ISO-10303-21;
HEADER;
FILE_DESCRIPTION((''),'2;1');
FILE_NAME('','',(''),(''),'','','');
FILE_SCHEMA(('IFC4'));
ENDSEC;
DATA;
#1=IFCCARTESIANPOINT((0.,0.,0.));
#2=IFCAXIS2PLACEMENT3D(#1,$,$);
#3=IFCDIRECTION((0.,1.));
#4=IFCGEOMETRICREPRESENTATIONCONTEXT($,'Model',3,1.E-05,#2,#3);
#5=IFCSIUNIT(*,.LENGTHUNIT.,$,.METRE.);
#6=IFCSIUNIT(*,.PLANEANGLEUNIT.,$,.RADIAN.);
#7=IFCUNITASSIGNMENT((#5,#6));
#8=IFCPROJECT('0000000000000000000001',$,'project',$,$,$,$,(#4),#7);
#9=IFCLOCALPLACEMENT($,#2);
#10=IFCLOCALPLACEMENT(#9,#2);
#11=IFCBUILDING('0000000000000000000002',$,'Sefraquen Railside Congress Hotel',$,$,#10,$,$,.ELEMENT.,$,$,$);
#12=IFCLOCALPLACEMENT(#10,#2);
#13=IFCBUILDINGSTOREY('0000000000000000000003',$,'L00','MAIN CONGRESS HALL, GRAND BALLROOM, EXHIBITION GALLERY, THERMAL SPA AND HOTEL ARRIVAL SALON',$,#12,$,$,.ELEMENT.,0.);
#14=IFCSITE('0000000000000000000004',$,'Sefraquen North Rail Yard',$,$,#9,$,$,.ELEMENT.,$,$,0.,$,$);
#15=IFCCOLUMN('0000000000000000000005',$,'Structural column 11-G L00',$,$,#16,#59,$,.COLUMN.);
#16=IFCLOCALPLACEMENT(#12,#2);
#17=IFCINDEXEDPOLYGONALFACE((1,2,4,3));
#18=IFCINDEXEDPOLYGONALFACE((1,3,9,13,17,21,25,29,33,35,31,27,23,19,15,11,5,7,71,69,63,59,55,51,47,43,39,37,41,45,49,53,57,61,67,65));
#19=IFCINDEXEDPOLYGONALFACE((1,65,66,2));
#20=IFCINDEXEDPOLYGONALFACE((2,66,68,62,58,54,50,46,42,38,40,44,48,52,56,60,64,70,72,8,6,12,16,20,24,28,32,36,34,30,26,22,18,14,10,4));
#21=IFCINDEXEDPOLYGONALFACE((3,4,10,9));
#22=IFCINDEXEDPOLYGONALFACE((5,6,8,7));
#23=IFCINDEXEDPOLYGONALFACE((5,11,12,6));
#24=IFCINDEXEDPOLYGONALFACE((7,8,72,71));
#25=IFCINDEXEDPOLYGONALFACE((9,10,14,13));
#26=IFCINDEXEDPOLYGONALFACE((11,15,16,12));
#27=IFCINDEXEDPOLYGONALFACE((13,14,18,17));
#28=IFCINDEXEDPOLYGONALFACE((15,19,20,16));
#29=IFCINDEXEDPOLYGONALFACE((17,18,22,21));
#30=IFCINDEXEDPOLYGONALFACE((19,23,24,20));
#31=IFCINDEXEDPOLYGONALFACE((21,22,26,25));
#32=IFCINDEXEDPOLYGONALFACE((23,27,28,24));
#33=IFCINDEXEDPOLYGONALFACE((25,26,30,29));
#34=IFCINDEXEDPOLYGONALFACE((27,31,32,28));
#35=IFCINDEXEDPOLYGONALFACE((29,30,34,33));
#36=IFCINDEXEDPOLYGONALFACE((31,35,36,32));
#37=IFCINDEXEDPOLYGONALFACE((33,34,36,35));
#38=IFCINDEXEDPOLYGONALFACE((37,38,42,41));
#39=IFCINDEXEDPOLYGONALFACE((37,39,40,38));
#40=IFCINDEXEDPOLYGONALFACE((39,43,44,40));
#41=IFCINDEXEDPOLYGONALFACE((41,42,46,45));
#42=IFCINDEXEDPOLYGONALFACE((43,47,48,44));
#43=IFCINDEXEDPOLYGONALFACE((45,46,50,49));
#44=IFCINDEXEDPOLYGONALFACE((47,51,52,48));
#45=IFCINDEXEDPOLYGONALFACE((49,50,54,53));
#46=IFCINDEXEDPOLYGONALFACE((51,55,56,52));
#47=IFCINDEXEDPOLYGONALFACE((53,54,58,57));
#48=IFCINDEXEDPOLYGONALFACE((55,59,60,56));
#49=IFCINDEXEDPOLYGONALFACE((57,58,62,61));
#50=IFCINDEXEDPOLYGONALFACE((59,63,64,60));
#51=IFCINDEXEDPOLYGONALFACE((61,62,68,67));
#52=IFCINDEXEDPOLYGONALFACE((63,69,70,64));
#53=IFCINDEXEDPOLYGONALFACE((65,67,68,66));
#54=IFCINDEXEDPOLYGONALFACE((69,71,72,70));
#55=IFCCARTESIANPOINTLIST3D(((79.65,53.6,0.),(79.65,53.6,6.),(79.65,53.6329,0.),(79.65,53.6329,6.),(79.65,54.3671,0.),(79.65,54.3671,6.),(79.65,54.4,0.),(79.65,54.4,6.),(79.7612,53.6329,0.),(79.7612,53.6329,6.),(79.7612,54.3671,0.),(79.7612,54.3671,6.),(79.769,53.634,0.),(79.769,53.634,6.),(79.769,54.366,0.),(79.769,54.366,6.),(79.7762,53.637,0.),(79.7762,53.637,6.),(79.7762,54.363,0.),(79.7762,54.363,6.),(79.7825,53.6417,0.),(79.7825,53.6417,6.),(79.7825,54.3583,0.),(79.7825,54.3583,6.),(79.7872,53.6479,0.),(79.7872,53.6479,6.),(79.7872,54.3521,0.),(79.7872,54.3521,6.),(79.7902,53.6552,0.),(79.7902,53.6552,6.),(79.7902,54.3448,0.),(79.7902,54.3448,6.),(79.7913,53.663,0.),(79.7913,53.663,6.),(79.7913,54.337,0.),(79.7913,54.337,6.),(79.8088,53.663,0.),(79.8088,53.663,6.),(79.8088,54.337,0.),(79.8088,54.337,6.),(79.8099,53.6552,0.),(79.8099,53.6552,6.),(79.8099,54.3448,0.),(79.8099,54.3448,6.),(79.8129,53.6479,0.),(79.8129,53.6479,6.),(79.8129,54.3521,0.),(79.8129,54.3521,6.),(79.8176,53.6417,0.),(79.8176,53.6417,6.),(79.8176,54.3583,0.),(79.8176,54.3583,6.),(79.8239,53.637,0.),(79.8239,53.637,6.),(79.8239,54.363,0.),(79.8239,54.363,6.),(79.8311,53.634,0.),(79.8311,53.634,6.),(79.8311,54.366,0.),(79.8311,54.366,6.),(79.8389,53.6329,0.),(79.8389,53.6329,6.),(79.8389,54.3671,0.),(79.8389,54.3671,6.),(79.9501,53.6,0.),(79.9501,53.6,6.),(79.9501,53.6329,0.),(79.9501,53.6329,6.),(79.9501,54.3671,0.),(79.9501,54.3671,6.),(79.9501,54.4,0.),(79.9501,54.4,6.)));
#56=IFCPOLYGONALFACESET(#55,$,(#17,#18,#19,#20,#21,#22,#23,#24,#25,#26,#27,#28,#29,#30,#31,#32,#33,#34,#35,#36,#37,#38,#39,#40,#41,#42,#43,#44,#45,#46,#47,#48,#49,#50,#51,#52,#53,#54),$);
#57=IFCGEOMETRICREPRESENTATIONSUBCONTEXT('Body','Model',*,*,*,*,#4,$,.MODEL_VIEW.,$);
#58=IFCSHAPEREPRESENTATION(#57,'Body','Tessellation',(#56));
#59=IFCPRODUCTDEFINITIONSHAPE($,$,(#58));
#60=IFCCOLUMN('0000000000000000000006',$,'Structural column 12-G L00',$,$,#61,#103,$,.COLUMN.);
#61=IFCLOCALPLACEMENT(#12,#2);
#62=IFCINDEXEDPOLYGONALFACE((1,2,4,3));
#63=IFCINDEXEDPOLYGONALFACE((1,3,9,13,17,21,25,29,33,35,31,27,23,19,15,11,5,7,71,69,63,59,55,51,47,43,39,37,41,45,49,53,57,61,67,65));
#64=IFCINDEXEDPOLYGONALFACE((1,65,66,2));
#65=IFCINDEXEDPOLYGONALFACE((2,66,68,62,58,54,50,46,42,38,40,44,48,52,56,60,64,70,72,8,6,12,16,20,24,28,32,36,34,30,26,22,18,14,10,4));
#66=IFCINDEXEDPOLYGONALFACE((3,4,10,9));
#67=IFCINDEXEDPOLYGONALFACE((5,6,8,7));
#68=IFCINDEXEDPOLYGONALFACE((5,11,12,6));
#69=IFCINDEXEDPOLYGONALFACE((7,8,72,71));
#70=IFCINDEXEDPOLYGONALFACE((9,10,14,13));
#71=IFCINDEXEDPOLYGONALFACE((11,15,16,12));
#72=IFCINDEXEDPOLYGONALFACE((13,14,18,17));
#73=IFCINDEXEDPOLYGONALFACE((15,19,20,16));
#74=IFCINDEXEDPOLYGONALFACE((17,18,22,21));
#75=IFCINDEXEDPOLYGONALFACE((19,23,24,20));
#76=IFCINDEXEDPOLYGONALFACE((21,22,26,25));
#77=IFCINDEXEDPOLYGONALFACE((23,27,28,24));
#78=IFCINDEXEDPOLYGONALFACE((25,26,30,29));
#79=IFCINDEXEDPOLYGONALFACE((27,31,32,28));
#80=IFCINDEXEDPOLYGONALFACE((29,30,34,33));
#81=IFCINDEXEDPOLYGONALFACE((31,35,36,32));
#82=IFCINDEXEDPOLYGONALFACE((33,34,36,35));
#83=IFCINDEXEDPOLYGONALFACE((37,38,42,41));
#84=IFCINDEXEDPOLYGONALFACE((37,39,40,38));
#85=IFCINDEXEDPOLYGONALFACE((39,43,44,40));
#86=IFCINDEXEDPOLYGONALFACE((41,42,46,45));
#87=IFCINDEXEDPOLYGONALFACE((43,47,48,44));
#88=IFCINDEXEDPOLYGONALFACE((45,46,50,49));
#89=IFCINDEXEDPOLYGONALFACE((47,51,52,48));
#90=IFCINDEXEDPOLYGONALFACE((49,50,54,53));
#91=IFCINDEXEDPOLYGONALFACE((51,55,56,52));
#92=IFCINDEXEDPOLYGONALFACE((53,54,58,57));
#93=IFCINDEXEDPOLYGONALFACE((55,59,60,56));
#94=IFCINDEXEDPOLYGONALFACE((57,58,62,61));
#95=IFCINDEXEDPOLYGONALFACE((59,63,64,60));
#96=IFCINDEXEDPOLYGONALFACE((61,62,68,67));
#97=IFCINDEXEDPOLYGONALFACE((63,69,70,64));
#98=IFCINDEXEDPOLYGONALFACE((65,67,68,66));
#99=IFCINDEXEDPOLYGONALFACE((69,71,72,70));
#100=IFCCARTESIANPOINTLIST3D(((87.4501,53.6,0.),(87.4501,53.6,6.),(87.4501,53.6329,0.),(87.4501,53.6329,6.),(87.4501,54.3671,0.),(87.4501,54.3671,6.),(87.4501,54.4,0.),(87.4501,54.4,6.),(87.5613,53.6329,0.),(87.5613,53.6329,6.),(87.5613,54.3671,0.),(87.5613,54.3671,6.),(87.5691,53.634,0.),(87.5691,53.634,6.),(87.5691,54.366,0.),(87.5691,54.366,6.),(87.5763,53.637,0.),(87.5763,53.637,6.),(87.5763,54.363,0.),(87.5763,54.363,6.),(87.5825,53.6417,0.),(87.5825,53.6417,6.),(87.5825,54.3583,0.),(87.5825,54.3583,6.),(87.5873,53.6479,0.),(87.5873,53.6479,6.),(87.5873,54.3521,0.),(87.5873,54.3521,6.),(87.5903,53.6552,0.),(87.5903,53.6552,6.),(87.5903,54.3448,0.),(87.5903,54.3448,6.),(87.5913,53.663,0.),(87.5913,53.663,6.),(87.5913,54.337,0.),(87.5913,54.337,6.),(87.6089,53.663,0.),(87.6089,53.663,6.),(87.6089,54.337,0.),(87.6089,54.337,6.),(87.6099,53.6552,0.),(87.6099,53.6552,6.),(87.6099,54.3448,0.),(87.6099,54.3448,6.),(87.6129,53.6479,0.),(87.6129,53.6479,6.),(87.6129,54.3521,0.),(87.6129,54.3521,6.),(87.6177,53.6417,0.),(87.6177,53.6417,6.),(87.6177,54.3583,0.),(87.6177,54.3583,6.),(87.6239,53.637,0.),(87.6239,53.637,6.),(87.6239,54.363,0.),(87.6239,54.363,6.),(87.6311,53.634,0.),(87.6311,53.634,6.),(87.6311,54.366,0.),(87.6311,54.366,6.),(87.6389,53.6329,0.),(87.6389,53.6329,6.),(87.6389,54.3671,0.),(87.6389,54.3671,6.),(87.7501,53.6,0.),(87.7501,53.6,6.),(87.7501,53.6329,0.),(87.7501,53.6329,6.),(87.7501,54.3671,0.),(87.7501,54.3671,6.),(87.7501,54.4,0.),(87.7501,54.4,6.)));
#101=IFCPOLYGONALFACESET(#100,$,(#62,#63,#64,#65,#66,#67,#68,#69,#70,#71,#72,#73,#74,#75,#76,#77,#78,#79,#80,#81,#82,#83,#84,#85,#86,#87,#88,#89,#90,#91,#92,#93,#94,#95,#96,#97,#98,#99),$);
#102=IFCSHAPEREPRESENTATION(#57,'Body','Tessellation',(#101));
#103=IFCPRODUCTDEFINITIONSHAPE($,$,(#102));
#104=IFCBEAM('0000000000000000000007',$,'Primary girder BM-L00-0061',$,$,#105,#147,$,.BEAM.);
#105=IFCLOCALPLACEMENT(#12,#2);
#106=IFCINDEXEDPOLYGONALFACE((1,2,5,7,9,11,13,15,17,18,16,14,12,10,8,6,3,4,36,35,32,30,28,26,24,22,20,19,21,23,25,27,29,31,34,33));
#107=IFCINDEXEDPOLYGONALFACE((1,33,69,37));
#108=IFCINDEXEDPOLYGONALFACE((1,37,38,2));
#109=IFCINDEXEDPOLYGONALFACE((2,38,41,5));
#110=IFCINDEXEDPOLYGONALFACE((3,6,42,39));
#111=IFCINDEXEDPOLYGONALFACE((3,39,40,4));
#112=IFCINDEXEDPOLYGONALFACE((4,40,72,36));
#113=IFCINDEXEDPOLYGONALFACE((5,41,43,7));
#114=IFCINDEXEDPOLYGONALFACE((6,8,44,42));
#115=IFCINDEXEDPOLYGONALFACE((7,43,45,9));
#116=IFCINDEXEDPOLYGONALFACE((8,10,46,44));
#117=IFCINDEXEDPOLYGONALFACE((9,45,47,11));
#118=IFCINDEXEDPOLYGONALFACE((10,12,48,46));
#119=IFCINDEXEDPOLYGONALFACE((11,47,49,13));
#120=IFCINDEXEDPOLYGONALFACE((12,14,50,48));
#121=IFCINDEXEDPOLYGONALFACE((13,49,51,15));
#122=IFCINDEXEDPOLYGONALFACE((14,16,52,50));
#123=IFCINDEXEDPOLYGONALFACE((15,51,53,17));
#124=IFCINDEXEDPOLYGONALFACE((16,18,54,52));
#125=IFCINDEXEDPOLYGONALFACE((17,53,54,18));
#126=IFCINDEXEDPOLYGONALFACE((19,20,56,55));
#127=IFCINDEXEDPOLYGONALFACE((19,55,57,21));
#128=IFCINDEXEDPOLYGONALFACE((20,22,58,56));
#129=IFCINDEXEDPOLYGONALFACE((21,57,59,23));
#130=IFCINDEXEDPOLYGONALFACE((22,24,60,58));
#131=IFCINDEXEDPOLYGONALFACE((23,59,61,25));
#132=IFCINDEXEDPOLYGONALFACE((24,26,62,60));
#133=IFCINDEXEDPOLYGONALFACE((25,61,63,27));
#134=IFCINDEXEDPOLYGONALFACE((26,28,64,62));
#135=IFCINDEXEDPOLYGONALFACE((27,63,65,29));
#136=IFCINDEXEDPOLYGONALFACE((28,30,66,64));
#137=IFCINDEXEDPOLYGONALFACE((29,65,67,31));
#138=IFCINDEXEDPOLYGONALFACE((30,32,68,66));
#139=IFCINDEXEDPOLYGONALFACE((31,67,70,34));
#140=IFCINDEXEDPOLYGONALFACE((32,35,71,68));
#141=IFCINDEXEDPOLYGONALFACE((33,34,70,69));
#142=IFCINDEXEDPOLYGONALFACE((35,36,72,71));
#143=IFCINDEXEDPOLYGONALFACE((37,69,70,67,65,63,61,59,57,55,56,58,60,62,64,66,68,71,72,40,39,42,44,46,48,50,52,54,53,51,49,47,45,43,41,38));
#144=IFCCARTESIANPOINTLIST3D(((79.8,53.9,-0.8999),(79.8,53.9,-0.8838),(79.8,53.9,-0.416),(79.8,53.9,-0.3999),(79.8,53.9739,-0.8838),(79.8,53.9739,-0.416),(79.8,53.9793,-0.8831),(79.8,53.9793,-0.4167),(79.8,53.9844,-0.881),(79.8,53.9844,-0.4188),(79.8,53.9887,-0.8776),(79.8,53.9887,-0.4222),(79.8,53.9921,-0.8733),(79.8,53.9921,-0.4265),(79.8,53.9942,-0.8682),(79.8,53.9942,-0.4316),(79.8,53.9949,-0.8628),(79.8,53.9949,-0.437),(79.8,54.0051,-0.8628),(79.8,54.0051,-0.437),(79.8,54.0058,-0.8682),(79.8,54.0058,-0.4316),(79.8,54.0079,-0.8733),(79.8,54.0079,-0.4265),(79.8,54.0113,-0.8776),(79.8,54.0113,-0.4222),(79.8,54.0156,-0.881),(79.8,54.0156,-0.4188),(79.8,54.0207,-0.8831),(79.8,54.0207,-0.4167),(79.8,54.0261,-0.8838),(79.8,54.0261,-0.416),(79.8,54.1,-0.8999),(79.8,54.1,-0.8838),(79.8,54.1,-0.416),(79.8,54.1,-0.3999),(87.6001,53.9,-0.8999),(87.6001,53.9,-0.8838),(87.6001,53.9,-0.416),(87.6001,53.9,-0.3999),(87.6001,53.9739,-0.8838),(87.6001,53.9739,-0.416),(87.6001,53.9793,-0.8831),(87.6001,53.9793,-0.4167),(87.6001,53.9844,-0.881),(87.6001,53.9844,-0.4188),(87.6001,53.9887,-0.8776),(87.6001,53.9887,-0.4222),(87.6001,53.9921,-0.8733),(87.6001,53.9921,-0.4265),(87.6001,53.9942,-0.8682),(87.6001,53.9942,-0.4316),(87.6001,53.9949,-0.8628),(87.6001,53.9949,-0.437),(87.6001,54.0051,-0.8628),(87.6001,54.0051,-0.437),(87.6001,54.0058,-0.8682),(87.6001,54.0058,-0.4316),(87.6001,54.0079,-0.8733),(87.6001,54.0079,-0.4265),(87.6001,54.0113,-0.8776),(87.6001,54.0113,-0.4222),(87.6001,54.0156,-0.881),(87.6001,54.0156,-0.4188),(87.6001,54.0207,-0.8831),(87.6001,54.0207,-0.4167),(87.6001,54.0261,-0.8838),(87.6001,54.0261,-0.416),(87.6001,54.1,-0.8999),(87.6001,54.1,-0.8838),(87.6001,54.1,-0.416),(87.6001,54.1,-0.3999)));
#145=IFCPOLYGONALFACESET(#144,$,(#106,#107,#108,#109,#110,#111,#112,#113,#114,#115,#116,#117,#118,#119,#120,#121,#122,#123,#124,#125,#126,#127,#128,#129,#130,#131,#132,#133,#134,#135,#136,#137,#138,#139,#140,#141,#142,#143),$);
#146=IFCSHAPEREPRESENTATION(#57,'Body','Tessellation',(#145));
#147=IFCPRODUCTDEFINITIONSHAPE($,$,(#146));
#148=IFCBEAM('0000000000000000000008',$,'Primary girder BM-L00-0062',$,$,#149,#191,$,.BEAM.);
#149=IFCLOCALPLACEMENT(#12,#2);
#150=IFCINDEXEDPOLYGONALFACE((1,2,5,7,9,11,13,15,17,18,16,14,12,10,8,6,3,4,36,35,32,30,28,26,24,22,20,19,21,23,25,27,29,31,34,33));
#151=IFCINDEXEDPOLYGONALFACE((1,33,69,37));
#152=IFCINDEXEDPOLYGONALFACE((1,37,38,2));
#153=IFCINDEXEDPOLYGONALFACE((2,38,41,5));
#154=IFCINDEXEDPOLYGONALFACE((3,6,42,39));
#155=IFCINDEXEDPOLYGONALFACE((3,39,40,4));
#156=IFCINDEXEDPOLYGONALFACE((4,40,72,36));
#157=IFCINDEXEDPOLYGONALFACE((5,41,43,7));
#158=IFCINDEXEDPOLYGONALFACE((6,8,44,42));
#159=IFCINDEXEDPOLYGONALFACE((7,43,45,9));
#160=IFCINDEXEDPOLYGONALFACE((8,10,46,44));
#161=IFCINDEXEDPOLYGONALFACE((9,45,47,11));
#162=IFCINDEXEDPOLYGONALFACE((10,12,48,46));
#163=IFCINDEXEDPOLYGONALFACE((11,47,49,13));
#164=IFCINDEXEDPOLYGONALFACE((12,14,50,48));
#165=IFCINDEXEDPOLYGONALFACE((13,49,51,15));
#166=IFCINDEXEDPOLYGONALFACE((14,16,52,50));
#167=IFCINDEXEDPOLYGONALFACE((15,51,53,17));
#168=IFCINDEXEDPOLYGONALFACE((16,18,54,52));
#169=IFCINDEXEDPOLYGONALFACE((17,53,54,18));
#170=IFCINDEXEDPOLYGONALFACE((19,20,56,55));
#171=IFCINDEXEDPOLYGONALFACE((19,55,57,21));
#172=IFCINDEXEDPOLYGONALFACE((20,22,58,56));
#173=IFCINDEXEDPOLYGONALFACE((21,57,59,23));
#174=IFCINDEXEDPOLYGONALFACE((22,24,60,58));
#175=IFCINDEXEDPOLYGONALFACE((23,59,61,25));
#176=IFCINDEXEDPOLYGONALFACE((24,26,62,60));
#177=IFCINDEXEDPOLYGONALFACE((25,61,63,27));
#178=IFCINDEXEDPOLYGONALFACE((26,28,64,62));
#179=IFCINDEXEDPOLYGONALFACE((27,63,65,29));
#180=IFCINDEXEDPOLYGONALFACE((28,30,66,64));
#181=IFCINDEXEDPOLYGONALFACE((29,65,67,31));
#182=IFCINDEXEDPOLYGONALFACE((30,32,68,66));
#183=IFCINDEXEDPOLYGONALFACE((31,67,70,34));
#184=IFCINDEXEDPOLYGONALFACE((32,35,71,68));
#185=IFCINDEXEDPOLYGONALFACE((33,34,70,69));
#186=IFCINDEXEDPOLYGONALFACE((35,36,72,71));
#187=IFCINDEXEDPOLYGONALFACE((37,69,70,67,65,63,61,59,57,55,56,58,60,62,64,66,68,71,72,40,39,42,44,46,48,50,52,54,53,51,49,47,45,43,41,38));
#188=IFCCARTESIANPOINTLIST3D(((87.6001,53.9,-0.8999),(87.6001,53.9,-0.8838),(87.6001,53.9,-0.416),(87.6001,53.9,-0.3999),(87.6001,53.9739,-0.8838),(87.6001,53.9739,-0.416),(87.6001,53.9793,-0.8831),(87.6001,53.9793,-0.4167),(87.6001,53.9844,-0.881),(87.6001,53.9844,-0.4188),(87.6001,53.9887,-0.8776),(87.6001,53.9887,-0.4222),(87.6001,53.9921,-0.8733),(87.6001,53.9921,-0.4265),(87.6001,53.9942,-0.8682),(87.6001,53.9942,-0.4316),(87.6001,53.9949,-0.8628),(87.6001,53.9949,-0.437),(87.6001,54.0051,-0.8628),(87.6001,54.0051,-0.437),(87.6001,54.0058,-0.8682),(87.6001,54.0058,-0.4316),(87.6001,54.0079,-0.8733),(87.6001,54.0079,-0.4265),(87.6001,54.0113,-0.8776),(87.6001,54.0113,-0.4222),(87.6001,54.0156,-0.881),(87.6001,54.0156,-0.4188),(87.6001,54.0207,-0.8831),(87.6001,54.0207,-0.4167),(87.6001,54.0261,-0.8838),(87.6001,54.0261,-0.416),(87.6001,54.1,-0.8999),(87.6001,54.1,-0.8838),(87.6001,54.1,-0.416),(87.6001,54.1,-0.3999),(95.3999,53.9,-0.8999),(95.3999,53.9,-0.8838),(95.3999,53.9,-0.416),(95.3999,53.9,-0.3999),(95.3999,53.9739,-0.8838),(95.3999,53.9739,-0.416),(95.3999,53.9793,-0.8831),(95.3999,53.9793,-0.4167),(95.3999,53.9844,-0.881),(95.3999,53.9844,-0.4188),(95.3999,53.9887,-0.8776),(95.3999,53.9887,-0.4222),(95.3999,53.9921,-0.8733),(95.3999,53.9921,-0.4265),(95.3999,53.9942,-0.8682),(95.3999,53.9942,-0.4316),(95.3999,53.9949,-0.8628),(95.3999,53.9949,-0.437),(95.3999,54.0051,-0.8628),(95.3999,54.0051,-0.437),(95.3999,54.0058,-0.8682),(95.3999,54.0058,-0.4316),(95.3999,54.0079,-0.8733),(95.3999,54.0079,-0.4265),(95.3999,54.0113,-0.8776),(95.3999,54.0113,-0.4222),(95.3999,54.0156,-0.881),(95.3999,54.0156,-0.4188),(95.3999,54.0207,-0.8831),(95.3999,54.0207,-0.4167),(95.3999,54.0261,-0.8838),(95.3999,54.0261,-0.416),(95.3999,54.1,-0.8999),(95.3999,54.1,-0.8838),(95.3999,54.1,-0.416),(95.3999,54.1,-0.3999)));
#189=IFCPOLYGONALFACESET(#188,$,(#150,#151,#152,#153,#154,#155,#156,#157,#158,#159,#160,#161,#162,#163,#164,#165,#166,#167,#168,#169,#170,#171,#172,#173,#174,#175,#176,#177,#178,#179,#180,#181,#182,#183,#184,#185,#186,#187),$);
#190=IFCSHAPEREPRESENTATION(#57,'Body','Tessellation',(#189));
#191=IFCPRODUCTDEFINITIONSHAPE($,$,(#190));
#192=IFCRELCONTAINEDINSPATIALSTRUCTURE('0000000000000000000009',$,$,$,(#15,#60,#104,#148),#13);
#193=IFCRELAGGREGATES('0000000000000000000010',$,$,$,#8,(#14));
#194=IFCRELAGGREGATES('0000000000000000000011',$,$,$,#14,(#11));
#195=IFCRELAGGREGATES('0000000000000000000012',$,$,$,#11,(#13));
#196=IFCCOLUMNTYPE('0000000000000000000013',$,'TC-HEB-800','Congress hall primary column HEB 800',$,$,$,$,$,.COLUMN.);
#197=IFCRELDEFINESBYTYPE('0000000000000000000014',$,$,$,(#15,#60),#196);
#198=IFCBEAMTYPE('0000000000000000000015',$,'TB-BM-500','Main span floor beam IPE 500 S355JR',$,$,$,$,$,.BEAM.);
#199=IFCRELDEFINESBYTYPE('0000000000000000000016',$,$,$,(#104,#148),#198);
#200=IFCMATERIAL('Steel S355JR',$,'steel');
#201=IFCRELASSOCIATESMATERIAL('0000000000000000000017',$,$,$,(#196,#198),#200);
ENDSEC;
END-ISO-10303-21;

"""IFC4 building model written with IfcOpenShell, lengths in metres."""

from ifc_helpers import new_model, si_unit, direction, frame, origin, origin_2d, place, context, subcontext, project, spatial, i_section, extrude, material, material_profile, profile_set, type_object, element, save


model = new_model("IFC4")

# Units and contexts
model_context = context("Model", 3, precision=1e-05, world=origin(), true_north=direction((0.0, 1.0)))
body_context = subcontext(model_context, "Body", "Model", "MODEL_VIEW")
ifc_project = project(units=[si_unit("LENGTHUNIT", "METRE"), si_unit("PLANEANGLEUNIT", "RADIAN")], contexts=[model_context])

# Site, building, storey
site_placement = place(None, origin())
site = spatial("IfcSite", under=ifc_project, at=site_placement, Name="Sefraquen North Rail Yard", CompositionType="ELEMENT", RefElevation=0.0)
building_placement = place(site_placement, origin())
building = spatial("IfcBuilding", under=site, at=building_placement, Name="Sefraquen Railside Congress Hotel", CompositionType="ELEMENT")
storey_placement = place(building_placement, origin())
storey = spatial("IfcBuildingStorey", under=building, at=storey_placement, Name="L00", Description="MAIN CONGRESS HALL, GRAND BALLROOM, EXHIBITION GALLERY, THERMAL SPA AND HOTEL ARRIVAL SALON", CompositionType="ELEMENT", Elevation=0.0)

# Columns
ifc_material_1 = material(Name="Steel S355JR", Category="steel")
ifc_material_profile_1 = material_profile(ifc_material_1, i_section(OverallWidth=0.3, OverallDepth=0.8, WebThickness=0.0176, FlangeThickness=0.033, FilletRadius=0.03, at=origin_2d()), Name="HEB 800")
ifc_profile_set_1 = profile_set([ifc_material_profile_1], Name="Steel S355JR")
column_type = type_object("IfcColumnType", Name="TC-HEB-800", Description="Congress hall primary column HEB 800", PredefinedType="COLUMN", material=ifc_profile_set_1)
for number, where, z_axis, x_axis, name in (
    (1, (79.8, 54.0, 0.0), (0.0, 0.0, 1.0), (1.0, 0.0, 0.0), "Structural column 11-G L00"),
    (2, (87.6001, 54.0, 0.0), (0.0, 0.0, 1.0), (1.0, 0.0, 0.0), "Structural column 12-G L00"),
):
    element("IfcColumn", number, at=place(storey_placement, frame(where, z_axis=z_axis, x_axis=x_axis)), inside=storey, type_object=column_type, Name=name, PredefinedType="COLUMN", context=body_context, shape_type="SweptSolid", body=[
        extrude(i_section(OverallWidth=0.3, OverallDepth=0.8, WebThickness=0.0176, FlangeThickness=0.033, FilletRadius=0.03, at=origin_2d()), origin(), (0.0, 0.0, 1.0), 6.0),
    ])

# Beams
ifc_material_profile_2 = material_profile(ifc_material_1, i_section(OverallWidth=0.2, OverallDepth=0.5, WebThickness=0.0103, FlangeThickness=0.0161, FilletRadius=0.021, at=origin_2d()), Name="IPE 500")
ifc_profile_set_2 = profile_set([ifc_material_profile_2], Name="Steel S355JR")
beam_type = type_object("IfcBeamType", Name="TB-BM-500", Description="Main span floor beam IPE 500 S355JR", PredefinedType="BEAM", material=ifc_profile_set_2)
beam_1_placement = place(storey_placement, frame((79.8, 54.0, -0.6499), z_axis=(1.0, 0.0, 0.0), x_axis=(0.0, 1.0, 0.0)))
element("IfcBeam", 3, at=beam_1_placement, inside=storey, type_object=beam_type, Name="Primary girder BM-L00-0061", PredefinedType="BEAM", context=body_context, shape_type="SweptSolid", body=[
    extrude(i_section(OverallWidth=0.2, OverallDepth=0.5, WebThickness=0.0103, FlangeThickness=0.0161, FilletRadius=0.021, at=origin_2d()), origin(), (0.0, 0.0, 1.0), 7.8),
])
beam_2_placement = place(storey_placement, frame((87.6001, 54.0, -0.6499), z_axis=(1.0, 0.0, 0.0), x_axis=(0.0, 1.0, 0.0)))
element("IfcBeam", 4, at=beam_2_placement, inside=storey, type_object=beam_type, Name="Primary girder BM-L00-0062", PredefinedType="BEAM", context=body_context, shape_type="SweptSolid", body=[
    extrude(i_section(OverallWidth=0.2, OverallDepth=0.5, WebThickness=0.0103, FlangeThickness=0.0161, FilletRadius=0.021, at=origin_2d()), origin(), (0.0, 0.0, 1.0), 7.7998),
])

save(model, "model.ifc")
